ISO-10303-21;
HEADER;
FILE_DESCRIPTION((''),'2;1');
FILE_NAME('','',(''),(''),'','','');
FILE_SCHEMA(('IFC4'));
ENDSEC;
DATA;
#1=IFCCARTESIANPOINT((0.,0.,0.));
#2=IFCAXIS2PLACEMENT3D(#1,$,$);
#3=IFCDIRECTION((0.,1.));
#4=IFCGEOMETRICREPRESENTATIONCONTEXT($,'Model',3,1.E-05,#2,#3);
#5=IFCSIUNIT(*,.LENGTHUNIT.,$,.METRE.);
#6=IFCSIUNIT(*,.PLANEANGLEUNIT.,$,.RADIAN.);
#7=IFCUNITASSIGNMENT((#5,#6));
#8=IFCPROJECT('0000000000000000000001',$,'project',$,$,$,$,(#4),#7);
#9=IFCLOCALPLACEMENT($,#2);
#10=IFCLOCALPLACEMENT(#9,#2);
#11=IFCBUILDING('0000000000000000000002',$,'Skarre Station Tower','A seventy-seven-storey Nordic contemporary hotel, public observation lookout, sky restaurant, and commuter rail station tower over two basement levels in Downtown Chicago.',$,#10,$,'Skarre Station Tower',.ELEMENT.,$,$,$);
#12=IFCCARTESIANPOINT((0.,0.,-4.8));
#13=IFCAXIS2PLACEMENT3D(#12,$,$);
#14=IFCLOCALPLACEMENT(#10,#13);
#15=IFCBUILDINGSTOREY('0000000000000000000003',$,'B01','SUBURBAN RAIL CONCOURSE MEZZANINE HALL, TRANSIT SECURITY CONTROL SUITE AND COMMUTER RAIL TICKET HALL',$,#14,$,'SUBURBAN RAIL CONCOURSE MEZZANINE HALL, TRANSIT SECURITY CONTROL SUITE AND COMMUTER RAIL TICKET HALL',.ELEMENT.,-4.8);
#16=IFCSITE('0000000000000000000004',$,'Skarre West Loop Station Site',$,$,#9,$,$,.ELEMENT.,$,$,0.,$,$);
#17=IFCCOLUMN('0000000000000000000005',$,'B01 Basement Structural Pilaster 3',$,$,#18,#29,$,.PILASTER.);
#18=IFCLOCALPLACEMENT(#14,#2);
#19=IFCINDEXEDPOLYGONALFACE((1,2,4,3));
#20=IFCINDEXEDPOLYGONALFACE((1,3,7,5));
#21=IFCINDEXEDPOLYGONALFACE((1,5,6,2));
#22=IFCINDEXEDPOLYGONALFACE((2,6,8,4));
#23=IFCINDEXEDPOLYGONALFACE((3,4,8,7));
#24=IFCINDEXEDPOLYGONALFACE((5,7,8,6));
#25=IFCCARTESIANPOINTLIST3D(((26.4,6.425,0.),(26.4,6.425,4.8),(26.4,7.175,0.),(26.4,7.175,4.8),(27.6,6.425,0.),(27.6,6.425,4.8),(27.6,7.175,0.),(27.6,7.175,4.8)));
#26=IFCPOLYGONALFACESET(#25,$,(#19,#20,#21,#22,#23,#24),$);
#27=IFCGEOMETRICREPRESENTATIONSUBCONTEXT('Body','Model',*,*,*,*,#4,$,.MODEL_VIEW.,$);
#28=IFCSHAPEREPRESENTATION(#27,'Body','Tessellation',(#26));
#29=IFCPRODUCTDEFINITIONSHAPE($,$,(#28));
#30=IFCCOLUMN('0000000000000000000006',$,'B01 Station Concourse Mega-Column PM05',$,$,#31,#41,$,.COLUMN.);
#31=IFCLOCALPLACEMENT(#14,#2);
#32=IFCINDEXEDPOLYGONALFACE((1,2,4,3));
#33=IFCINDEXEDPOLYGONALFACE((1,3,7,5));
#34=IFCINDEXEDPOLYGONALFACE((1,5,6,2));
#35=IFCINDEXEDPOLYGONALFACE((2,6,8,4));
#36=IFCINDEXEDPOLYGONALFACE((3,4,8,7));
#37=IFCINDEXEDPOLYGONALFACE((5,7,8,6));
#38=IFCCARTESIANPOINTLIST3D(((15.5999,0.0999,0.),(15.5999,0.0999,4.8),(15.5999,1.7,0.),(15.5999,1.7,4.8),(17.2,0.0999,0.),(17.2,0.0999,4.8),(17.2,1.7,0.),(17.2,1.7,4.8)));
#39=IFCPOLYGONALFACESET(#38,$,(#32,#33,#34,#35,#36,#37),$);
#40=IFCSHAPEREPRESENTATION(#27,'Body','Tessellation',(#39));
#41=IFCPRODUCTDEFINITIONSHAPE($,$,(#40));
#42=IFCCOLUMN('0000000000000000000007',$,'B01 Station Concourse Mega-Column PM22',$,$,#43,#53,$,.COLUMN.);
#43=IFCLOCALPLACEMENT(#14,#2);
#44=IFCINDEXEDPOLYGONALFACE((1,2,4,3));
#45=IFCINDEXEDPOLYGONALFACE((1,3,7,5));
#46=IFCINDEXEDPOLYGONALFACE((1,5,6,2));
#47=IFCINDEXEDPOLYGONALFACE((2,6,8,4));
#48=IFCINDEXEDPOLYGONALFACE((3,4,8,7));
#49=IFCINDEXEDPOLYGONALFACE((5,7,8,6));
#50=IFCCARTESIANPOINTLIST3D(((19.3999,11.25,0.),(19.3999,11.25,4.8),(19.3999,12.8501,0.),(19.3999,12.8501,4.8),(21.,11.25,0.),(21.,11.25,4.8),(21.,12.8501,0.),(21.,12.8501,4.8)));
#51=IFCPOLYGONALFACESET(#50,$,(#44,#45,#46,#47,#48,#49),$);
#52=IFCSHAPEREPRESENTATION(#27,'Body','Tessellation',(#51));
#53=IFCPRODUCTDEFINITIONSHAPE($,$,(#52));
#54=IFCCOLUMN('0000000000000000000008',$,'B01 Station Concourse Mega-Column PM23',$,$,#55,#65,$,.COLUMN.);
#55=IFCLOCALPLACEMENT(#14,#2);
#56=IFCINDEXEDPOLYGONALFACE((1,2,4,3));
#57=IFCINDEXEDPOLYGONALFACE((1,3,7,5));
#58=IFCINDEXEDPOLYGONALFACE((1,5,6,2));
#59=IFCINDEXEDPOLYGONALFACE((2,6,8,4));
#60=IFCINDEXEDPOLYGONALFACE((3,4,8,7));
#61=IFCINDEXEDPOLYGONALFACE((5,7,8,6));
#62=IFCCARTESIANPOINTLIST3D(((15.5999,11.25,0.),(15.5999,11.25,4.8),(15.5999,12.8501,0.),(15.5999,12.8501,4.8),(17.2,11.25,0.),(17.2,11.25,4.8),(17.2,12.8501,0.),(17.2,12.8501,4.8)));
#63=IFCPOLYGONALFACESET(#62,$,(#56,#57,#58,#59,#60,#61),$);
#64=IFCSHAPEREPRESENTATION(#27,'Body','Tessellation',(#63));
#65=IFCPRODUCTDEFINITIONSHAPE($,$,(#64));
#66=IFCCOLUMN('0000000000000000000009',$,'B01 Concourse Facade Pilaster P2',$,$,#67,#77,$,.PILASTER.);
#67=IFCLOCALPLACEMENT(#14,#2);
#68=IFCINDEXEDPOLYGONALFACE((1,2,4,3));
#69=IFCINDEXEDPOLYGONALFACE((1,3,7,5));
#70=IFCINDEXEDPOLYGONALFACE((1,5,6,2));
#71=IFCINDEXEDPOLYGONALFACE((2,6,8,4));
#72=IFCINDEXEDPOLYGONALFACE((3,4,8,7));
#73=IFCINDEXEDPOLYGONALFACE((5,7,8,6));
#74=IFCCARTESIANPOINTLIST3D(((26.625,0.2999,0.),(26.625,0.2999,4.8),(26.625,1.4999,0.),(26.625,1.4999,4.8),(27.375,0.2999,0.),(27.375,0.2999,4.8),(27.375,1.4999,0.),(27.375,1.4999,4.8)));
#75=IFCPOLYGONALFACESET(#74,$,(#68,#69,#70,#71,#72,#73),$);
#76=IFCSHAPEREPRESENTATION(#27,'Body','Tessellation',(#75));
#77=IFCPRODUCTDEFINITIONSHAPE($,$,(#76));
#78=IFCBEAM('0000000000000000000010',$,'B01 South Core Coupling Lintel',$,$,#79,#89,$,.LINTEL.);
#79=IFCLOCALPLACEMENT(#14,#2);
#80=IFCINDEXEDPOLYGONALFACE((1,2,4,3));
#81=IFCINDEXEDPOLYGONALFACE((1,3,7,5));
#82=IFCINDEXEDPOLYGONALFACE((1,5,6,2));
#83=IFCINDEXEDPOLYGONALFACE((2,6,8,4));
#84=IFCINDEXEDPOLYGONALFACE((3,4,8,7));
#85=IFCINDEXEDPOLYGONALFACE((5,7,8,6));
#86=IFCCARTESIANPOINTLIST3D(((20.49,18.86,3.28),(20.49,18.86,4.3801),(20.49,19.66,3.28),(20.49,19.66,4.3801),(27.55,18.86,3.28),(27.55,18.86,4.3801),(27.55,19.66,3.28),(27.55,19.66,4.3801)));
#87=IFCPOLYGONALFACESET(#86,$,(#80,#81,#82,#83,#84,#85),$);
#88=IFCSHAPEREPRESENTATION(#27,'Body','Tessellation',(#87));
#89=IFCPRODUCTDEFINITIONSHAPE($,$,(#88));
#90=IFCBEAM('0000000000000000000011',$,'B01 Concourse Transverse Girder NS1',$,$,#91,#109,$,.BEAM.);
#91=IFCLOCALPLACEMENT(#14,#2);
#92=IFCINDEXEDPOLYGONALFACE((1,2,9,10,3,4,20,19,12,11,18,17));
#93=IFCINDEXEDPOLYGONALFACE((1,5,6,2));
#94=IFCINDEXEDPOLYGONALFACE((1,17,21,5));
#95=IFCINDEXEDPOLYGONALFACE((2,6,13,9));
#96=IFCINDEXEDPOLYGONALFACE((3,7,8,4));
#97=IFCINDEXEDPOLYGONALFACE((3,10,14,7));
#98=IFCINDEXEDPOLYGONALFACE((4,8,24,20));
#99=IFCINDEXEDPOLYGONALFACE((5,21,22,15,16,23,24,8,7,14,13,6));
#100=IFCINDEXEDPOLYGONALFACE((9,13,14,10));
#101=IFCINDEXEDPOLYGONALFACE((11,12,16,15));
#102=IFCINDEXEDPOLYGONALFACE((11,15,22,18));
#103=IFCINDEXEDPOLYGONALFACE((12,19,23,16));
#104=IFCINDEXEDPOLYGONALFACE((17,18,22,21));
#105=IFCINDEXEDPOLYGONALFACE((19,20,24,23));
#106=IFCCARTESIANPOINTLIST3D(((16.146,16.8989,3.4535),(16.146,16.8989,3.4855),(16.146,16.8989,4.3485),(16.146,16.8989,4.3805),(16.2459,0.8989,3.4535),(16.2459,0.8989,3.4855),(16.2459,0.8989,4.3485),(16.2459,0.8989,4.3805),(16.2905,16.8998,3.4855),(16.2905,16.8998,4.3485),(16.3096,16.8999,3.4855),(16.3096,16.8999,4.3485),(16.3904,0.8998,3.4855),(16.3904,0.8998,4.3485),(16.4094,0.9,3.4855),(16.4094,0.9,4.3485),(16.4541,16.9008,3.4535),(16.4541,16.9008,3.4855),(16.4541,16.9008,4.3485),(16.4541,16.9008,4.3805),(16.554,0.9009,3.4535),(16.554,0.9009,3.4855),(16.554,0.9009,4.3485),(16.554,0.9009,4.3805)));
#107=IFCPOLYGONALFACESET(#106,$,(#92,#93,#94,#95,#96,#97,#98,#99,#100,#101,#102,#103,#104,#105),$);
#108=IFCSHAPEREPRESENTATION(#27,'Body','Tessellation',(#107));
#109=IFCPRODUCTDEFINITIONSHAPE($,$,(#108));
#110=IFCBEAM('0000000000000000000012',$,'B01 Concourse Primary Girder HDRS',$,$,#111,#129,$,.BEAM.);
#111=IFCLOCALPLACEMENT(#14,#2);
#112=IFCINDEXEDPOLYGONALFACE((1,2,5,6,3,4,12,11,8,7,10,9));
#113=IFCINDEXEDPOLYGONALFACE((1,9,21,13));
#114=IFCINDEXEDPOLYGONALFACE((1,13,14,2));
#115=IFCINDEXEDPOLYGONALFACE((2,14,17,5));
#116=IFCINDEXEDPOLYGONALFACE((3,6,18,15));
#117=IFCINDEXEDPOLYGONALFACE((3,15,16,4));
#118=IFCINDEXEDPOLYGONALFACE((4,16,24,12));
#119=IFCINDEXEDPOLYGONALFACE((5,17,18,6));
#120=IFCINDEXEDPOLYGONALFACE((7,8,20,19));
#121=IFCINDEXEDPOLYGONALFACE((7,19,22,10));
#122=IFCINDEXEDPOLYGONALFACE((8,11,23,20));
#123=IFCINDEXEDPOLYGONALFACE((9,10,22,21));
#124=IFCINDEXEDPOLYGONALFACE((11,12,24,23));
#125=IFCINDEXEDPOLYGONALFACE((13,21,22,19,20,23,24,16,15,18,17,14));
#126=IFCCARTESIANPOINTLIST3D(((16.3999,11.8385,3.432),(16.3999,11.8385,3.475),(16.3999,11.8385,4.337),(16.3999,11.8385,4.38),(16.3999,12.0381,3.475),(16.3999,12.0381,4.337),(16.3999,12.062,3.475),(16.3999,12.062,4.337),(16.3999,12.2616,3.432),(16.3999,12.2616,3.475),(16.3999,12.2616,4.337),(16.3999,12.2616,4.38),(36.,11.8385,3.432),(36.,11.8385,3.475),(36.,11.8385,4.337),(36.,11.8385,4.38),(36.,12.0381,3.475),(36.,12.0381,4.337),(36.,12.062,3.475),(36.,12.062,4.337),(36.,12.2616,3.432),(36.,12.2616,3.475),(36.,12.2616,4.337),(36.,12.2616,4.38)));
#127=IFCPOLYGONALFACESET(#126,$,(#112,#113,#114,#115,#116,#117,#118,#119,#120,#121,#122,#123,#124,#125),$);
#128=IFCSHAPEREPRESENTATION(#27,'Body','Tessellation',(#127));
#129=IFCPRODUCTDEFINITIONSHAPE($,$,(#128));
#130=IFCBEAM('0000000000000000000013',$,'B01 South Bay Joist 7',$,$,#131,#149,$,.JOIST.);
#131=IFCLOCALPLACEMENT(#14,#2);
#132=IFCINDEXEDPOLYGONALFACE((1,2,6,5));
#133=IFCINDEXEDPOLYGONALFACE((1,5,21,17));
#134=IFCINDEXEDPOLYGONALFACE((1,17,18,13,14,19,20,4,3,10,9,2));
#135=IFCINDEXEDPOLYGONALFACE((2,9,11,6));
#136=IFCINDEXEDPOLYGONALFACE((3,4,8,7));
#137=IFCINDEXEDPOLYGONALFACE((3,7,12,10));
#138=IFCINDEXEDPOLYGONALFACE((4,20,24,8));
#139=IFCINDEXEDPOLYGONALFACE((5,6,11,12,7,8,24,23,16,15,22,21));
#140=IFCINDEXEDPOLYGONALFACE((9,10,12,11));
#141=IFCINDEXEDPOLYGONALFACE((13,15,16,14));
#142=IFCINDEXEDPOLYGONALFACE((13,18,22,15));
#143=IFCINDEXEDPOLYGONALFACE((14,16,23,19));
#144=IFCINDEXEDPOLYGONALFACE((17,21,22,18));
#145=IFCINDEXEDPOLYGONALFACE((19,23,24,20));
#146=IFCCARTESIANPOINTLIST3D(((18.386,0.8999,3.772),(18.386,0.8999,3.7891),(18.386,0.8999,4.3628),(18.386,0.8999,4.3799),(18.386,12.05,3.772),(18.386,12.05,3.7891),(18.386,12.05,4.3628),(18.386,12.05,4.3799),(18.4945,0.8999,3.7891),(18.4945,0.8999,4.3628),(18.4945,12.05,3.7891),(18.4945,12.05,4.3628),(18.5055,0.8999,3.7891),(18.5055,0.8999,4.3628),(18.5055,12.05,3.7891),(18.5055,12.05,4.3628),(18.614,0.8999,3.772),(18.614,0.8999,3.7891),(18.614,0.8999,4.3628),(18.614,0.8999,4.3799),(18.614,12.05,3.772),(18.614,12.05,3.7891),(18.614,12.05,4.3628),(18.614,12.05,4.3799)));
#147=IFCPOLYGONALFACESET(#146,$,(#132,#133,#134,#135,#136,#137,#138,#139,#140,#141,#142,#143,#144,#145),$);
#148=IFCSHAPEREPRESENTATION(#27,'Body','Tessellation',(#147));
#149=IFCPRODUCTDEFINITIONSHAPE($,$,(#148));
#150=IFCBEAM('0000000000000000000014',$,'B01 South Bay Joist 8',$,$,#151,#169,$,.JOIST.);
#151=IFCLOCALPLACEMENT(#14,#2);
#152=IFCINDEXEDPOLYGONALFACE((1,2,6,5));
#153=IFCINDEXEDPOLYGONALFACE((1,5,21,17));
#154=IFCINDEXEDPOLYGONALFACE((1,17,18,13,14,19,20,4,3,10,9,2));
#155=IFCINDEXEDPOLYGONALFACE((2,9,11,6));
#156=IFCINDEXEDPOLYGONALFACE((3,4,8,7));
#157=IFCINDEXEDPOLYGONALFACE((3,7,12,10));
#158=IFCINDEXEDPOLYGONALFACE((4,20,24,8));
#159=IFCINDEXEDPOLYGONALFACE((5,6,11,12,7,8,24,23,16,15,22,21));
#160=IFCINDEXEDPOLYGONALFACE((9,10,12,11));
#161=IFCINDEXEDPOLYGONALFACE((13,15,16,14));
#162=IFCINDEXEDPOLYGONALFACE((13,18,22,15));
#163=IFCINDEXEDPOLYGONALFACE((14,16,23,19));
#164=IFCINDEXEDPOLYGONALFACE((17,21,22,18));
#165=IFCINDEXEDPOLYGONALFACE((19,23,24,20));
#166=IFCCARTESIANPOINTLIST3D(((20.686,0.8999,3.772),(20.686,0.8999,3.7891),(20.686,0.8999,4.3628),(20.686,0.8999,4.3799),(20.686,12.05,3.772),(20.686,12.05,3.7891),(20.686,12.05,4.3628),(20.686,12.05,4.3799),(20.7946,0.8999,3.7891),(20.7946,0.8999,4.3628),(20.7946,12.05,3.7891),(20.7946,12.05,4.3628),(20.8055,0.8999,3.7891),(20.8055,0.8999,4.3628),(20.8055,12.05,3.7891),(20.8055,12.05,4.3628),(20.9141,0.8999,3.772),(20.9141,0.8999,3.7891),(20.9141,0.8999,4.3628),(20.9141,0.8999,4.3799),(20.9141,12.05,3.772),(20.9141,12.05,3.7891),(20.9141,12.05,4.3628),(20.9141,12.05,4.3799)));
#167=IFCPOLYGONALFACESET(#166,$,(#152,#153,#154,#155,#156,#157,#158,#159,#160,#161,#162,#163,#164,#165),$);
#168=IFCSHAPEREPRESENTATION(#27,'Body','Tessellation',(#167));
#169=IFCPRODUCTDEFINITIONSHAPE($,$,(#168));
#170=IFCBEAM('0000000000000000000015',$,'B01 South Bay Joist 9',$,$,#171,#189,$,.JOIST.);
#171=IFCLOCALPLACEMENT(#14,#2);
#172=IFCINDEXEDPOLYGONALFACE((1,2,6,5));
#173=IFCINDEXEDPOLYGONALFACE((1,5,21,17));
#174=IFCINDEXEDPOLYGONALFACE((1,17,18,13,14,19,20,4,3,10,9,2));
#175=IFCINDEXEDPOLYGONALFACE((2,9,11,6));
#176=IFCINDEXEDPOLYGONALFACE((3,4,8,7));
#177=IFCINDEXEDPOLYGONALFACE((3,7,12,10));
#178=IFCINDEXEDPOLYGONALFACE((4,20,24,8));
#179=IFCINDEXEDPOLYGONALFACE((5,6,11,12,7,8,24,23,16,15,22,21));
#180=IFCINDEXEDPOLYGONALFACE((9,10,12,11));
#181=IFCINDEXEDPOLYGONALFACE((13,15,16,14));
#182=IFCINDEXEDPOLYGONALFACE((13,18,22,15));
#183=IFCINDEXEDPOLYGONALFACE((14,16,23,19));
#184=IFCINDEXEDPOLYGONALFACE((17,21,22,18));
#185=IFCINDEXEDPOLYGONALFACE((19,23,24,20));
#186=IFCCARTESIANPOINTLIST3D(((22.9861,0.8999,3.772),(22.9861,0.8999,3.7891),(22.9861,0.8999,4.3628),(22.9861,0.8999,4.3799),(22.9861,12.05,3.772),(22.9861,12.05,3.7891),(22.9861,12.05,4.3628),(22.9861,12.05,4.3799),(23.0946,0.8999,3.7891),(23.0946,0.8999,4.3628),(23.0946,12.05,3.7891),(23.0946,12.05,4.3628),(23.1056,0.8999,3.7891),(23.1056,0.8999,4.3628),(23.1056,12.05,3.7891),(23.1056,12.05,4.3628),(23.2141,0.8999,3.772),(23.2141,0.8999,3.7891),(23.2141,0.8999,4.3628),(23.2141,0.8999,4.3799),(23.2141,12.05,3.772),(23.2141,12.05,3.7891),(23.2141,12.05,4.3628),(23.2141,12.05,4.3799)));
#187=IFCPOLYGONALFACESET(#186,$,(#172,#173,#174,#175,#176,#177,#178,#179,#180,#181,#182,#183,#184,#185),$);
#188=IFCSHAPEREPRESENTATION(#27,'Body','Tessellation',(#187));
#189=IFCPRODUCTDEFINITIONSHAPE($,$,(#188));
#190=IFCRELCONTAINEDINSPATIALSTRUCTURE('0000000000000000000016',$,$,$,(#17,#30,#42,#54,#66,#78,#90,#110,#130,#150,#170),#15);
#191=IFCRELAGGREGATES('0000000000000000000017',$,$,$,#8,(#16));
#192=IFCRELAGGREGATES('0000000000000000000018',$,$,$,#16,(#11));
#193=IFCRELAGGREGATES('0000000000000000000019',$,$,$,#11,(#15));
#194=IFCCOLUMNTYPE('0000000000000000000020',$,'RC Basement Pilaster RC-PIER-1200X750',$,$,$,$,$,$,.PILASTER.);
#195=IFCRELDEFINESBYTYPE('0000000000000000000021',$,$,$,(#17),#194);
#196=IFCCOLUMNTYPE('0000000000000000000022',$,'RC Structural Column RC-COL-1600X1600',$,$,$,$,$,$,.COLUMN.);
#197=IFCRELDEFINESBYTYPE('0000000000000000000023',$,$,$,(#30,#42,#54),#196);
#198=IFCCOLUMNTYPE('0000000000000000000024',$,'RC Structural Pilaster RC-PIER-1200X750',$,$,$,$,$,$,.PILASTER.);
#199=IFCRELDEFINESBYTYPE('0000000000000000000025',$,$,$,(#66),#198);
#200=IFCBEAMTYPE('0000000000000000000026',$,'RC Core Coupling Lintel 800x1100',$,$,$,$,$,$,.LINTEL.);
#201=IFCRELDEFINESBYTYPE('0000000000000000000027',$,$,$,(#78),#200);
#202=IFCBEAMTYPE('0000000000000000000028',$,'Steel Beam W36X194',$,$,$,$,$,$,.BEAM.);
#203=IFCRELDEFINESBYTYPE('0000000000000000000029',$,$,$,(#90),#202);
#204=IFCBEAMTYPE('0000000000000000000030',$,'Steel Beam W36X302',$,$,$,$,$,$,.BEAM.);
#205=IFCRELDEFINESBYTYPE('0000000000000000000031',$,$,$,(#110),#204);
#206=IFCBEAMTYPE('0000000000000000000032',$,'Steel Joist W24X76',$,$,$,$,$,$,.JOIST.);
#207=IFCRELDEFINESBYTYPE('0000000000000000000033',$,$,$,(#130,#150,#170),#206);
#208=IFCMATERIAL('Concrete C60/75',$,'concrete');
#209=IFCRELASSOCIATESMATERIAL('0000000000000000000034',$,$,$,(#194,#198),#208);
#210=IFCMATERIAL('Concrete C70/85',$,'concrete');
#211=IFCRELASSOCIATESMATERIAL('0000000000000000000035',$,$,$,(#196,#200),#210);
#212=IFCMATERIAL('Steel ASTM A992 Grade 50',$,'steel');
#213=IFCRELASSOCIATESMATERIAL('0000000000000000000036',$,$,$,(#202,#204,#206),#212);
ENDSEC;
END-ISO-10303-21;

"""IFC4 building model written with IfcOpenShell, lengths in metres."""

from ifc_helpers import new_model, si_unit, direction, frame, origin, origin_2d, place, context, subcontext, project, spatial, rectangle, i_section, extrude, material, material_profile, profile_set, type_object, element, save


model = new_model("IFC4")

# Units and contexts
model_context = context("Model", 3, precision=1e-05, world=origin(), true_north=direction((0.0, 1.0)))
body_context = subcontext(model_context, "Body", "Model", "MODEL_VIEW")
ifc_project = project(units=[si_unit("LENGTHUNIT", "METRE"), si_unit("PLANEANGLEUNIT", "RADIAN")], contexts=[model_context])

# Site, building, storey
site_placement = place(None, origin())
site = spatial("IfcSite", under=ifc_project, at=site_placement, Name="Skarre West Loop Station Site", CompositionType="ELEMENT", RefElevation=0.0)
building_placement = place(site_placement, origin())
building = spatial("IfcBuilding", under=site, at=building_placement, Name="Skarre Station Tower", Description="A seventy-seven-storey Nordic contemporary hotel, public observation lookout, sky restaurant, and commuter rail station tower over two basement levels in Downtown Chicago.", LongName="Skarre Station Tower", CompositionType="ELEMENT")
storey_placement = place(building_placement, frame((0.0, 0.0, -4.8)))
storey = spatial("IfcBuildingStorey", under=building, at=storey_placement, Name="B01", Description="SUBURBAN RAIL CONCOURSE MEZZANINE HALL, TRANSIT SECURITY CONTROL SUITE AND COMMUTER RAIL TICKET HALL", LongName="SUBURBAN RAIL CONCOURSE MEZZANINE HALL, TRANSIT SECURITY CONTROL SUITE AND COMMUTER RAIL TICKET HALL", CompositionType="ELEMENT", Elevation=-4.8)

# Columns
ifc_material_1 = material(Name="Concrete C60/75", Category="concrete")
ifc_material_profile_1 = material_profile(ifc_material_1, rectangle(XDim=0.75, YDim=1.2, at=origin_2d()), Name="Concrete C60/75")
ifc_profile_set_1 = profile_set([ifc_material_profile_1], Name="Concrete C60/75")
column_type_1 = type_object("IfcColumnType", Name="RC Basement Pilaster RC-PIER-1200X750", PredefinedType="PILASTER", material=ifc_profile_set_1)
column_1_placement = place(storey_placement, frame((27.0, 6.8, 0.0), z_axis=(0.0, 0.0, 1.0), x_axis=(0.0, 1.0, 0.0)))
element("IfcColumn", 1, at=column_1_placement, inside=storey, type_object=column_type_1, Name="B01 Basement Structural Pilaster 3", PredefinedType="PILASTER", context=body_context, shape_type="SweptSolid", body=[
    extrude(rectangle(XDim=0.75, YDim=1.2, at=origin_2d()), origin(), (0.0, 0.0, 1.0), 4.8),
])
ifc_material_2 = material(Name="Concrete C70/85", Category="concrete")
ifc_material_profile_2 = material_profile(ifc_material_2, rectangle(XDim=1.6001, YDim=1.6001, at=origin_2d()), Name="Concrete C70/85")
ifc_profile_set_2 = profile_set([ifc_material_profile_2], Name="Concrete C70/85")
column_type_2 = type_object("IfcColumnType", Name="RC Structural Column RC-COL-1600X1600", PredefinedType="COLUMN", material=ifc_profile_set_2)
for number, where, z_axis, x_axis, name in (
    (2, (16.3999, 0.8999, 0.0), (0.0, 0.0, 1.0), (1.0, 0.0, 0.0), "B01 Station Concourse Mega-Column PM05"),
    (3, (20.2, 12.05, 0.0), (0.0, 0.0, 1.0), (1.0, 0.0, 0.0), "B01 Station Concourse Mega-Column PM22"),
    (4, (16.3999, 12.05, 0.0), (0.0, 0.0, 1.0), (1.0, 0.0, 0.0), "B01 Station Concourse Mega-Column PM23"),
):
    element("IfcColumn", number, at=place(storey_placement, frame(where, z_axis=z_axis, x_axis=x_axis)), inside=storey, type_object=column_type_2, Name=name, PredefinedType="COLUMN", context=body_context, shape_type="SweptSolid", body=[
        extrude(rectangle(XDim=1.6001, YDim=1.6001, at=origin_2d()), origin(), (0.0, 0.0, 1.0), 4.8),
    ])
ifc_material_profile_3 = material_profile(ifc_material_1, rectangle(XDim=0.75, YDim=1.2, at=origin_2d()), Name="Concrete C60/75")
ifc_profile_set_3 = profile_set([ifc_material_profile_3], Name="Concrete C60/75")
column_type_3 = type_object("IfcColumnType", Name="RC Structural Pilaster RC-PIER-1200X750", PredefinedType="PILASTER", material=ifc_profile_set_3)
column_2_placement = place(storey_placement, frame((27.0, 0.8999, 0.0), z_axis=(0.0, 0.0, 1.0), x_axis=(1.0, 0.0, 0.0)))
element("IfcColumn", 5, at=column_2_placement, inside=storey, type_object=column_type_3, Name="B01 Concourse Facade Pilaster P2", PredefinedType="PILASTER", context=body_context, shape_type="SweptSolid", body=[
    extrude(rectangle(XDim=0.75, YDim=1.2, at=origin_2d()), origin(), (0.0, 0.0, 1.0), 4.8),
])

# Beams
ifc_material_profile_4 = material_profile(ifc_material_2, rectangle(XDim=0.8, YDim=1.1001, at=origin_2d()), Name="Concrete C70/85")
ifc_profile_set_4 = profile_set([ifc_material_profile_4], Name="Concrete C70/85")
beam_type_1 = type_object("IfcBeamType", Name="RC Core Coupling Lintel 800x1100", PredefinedType="LINTEL", material=ifc_profile_set_4)
beam_1_placement = place(storey_placement, frame((20.49, 19.26, 3.8301), z_axis=(1.0, 0.0, 0.0), x_axis=(0.0, 1.0, 0.0)))
element("IfcBeam", 6, at=beam_1_placement, inside=storey, type_object=beam_type_1, Name="B01 South Core Coupling Lintel", PredefinedType="LINTEL", context=body_context, shape_type="SweptSolid", body=[
    extrude(rectangle(XDim=0.8, YDim=1.1001, at=origin_2d()), origin(), (0.0, 0.0, 1.0), 7.0601),
])
ifc_material_3 = material(Name="Steel ASTM A992 Grade 50", Category="steel")
ifc_material_profile_5 = material_profile(ifc_material_3, i_section(OverallWidth=0.3081, OverallDepth=0.927, WebThickness=0.019, FlangeThickness=0.032, at=origin_2d()), Name="Steel ASTM A992 Grade 50")
ifc_profile_set_5 = profile_set([ifc_material_profile_5], Name="Steel ASTM A992 Grade 50")
beam_type_2 = type_object("IfcBeamType", Name="Steel Beam W36X194", PredefinedType="BEAM", material=ifc_profile_set_5)
beam_2_placement = place(storey_placement, frame((16.3999, 0.8999, 3.917), z_axis=(-0.006241, 0.999981, 0.0), x_axis=(-0.999981, -0.006241, 0.0)))
element("IfcBeam", 7, at=beam_2_placement, inside=storey, type_object=beam_type_2, Name="B01 Concourse Transverse Girder NS1", PredefinedType="BEAM", context=body_context, shape_type="SweptSolid", body=[
    extrude(i_section(OverallWidth=0.3081, OverallDepth=0.927, WebThickness=0.019, FlangeThickness=0.032, at=origin_2d()), origin(), (0.0, 0.0, 1.0), 16.0002),
])
ifc_material_profile_6 = material_profile(ifc_material_3, i_section(OverallWidth=0.4231, OverallDepth=0.948, WebThickness=0.0239, FlangeThickness=0.043, at=origin_2d()), Name="Steel ASTM A992 Grade 50")
ifc_profile_set_6 = profile_set([ifc_material_profile_6], Name="Steel ASTM A992 Grade 50")
beam_type_3 = type_object("IfcBeamType", Name="Steel Beam W36X302", PredefinedType="BEAM", material=ifc_profile_set_6)
beam_3_placement = place(storey_placement, frame((16.3999, 12.05, 3.906), z_axis=(1.0, 0.0, 0.0), x_axis=(0.0, 1.0, 0.0)))
element("IfcBeam", 8, at=beam_3_placement, inside=storey, type_object=beam_type_3, Name="B01 Concourse Primary Girder HDRS", PredefinedType="BEAM", context=body_context, shape_type="SweptSolid", body=[
    extrude(i_section(OverallWidth=0.4231, OverallDepth=0.948, WebThickness=0.0239, FlangeThickness=0.043, at=origin_2d()), origin(), (0.0, 0.0, 1.0), 19.6001),
])
ifc_material_profile_7 = material_profile(ifc_material_3, i_section(OverallWidth=0.228, OverallDepth=0.6079, WebThickness=0.011, FlangeThickness=0.0171, at=origin_2d()), Name="Steel ASTM A992 Grade 50")
ifc_profile_set_7 = profile_set([ifc_material_profile_7], Name="Steel ASTM A992 Grade 50")
beam_type_4 = type_object("IfcBeamType", Name="Steel Joist W24X76", PredefinedType="JOIST", material=ifc_profile_set_7)
for number, where, z_axis, x_axis, name in (
    (9, (18.5, 0.8999, 4.0759), (0.0, 1.0, 0.0), (-1.0, 0.0, 0.0), "B01 South Bay Joist 7"),
    (10, (20.8, 0.8999, 4.0759), (0.0, 1.0, 0.0), (-1.0, 0.0, 0.0), "B01 South Bay Joist 8"),
    (11, (23.1001, 0.8999, 4.0759), (0.0, 1.0, 0.0), (-1.0, 0.0, 0.0), "B01 South Bay Joist 9"),
):
    element("IfcBeam", number, at=place(storey_placement, frame(where, z_axis=z_axis, x_axis=x_axis)), inside=storey, type_object=beam_type_4, Name=name, PredefinedType="JOIST", context=body_context, shape_type="SweptSolid", body=[
        extrude(i_section(OverallWidth=0.228, OverallDepth=0.6079, WebThickness=0.011, FlangeThickness=0.0171, at=origin_2d()), origin(), (0.0, 0.0, 1.0), 11.1501),
    ])

save(model, "model.ifc")
